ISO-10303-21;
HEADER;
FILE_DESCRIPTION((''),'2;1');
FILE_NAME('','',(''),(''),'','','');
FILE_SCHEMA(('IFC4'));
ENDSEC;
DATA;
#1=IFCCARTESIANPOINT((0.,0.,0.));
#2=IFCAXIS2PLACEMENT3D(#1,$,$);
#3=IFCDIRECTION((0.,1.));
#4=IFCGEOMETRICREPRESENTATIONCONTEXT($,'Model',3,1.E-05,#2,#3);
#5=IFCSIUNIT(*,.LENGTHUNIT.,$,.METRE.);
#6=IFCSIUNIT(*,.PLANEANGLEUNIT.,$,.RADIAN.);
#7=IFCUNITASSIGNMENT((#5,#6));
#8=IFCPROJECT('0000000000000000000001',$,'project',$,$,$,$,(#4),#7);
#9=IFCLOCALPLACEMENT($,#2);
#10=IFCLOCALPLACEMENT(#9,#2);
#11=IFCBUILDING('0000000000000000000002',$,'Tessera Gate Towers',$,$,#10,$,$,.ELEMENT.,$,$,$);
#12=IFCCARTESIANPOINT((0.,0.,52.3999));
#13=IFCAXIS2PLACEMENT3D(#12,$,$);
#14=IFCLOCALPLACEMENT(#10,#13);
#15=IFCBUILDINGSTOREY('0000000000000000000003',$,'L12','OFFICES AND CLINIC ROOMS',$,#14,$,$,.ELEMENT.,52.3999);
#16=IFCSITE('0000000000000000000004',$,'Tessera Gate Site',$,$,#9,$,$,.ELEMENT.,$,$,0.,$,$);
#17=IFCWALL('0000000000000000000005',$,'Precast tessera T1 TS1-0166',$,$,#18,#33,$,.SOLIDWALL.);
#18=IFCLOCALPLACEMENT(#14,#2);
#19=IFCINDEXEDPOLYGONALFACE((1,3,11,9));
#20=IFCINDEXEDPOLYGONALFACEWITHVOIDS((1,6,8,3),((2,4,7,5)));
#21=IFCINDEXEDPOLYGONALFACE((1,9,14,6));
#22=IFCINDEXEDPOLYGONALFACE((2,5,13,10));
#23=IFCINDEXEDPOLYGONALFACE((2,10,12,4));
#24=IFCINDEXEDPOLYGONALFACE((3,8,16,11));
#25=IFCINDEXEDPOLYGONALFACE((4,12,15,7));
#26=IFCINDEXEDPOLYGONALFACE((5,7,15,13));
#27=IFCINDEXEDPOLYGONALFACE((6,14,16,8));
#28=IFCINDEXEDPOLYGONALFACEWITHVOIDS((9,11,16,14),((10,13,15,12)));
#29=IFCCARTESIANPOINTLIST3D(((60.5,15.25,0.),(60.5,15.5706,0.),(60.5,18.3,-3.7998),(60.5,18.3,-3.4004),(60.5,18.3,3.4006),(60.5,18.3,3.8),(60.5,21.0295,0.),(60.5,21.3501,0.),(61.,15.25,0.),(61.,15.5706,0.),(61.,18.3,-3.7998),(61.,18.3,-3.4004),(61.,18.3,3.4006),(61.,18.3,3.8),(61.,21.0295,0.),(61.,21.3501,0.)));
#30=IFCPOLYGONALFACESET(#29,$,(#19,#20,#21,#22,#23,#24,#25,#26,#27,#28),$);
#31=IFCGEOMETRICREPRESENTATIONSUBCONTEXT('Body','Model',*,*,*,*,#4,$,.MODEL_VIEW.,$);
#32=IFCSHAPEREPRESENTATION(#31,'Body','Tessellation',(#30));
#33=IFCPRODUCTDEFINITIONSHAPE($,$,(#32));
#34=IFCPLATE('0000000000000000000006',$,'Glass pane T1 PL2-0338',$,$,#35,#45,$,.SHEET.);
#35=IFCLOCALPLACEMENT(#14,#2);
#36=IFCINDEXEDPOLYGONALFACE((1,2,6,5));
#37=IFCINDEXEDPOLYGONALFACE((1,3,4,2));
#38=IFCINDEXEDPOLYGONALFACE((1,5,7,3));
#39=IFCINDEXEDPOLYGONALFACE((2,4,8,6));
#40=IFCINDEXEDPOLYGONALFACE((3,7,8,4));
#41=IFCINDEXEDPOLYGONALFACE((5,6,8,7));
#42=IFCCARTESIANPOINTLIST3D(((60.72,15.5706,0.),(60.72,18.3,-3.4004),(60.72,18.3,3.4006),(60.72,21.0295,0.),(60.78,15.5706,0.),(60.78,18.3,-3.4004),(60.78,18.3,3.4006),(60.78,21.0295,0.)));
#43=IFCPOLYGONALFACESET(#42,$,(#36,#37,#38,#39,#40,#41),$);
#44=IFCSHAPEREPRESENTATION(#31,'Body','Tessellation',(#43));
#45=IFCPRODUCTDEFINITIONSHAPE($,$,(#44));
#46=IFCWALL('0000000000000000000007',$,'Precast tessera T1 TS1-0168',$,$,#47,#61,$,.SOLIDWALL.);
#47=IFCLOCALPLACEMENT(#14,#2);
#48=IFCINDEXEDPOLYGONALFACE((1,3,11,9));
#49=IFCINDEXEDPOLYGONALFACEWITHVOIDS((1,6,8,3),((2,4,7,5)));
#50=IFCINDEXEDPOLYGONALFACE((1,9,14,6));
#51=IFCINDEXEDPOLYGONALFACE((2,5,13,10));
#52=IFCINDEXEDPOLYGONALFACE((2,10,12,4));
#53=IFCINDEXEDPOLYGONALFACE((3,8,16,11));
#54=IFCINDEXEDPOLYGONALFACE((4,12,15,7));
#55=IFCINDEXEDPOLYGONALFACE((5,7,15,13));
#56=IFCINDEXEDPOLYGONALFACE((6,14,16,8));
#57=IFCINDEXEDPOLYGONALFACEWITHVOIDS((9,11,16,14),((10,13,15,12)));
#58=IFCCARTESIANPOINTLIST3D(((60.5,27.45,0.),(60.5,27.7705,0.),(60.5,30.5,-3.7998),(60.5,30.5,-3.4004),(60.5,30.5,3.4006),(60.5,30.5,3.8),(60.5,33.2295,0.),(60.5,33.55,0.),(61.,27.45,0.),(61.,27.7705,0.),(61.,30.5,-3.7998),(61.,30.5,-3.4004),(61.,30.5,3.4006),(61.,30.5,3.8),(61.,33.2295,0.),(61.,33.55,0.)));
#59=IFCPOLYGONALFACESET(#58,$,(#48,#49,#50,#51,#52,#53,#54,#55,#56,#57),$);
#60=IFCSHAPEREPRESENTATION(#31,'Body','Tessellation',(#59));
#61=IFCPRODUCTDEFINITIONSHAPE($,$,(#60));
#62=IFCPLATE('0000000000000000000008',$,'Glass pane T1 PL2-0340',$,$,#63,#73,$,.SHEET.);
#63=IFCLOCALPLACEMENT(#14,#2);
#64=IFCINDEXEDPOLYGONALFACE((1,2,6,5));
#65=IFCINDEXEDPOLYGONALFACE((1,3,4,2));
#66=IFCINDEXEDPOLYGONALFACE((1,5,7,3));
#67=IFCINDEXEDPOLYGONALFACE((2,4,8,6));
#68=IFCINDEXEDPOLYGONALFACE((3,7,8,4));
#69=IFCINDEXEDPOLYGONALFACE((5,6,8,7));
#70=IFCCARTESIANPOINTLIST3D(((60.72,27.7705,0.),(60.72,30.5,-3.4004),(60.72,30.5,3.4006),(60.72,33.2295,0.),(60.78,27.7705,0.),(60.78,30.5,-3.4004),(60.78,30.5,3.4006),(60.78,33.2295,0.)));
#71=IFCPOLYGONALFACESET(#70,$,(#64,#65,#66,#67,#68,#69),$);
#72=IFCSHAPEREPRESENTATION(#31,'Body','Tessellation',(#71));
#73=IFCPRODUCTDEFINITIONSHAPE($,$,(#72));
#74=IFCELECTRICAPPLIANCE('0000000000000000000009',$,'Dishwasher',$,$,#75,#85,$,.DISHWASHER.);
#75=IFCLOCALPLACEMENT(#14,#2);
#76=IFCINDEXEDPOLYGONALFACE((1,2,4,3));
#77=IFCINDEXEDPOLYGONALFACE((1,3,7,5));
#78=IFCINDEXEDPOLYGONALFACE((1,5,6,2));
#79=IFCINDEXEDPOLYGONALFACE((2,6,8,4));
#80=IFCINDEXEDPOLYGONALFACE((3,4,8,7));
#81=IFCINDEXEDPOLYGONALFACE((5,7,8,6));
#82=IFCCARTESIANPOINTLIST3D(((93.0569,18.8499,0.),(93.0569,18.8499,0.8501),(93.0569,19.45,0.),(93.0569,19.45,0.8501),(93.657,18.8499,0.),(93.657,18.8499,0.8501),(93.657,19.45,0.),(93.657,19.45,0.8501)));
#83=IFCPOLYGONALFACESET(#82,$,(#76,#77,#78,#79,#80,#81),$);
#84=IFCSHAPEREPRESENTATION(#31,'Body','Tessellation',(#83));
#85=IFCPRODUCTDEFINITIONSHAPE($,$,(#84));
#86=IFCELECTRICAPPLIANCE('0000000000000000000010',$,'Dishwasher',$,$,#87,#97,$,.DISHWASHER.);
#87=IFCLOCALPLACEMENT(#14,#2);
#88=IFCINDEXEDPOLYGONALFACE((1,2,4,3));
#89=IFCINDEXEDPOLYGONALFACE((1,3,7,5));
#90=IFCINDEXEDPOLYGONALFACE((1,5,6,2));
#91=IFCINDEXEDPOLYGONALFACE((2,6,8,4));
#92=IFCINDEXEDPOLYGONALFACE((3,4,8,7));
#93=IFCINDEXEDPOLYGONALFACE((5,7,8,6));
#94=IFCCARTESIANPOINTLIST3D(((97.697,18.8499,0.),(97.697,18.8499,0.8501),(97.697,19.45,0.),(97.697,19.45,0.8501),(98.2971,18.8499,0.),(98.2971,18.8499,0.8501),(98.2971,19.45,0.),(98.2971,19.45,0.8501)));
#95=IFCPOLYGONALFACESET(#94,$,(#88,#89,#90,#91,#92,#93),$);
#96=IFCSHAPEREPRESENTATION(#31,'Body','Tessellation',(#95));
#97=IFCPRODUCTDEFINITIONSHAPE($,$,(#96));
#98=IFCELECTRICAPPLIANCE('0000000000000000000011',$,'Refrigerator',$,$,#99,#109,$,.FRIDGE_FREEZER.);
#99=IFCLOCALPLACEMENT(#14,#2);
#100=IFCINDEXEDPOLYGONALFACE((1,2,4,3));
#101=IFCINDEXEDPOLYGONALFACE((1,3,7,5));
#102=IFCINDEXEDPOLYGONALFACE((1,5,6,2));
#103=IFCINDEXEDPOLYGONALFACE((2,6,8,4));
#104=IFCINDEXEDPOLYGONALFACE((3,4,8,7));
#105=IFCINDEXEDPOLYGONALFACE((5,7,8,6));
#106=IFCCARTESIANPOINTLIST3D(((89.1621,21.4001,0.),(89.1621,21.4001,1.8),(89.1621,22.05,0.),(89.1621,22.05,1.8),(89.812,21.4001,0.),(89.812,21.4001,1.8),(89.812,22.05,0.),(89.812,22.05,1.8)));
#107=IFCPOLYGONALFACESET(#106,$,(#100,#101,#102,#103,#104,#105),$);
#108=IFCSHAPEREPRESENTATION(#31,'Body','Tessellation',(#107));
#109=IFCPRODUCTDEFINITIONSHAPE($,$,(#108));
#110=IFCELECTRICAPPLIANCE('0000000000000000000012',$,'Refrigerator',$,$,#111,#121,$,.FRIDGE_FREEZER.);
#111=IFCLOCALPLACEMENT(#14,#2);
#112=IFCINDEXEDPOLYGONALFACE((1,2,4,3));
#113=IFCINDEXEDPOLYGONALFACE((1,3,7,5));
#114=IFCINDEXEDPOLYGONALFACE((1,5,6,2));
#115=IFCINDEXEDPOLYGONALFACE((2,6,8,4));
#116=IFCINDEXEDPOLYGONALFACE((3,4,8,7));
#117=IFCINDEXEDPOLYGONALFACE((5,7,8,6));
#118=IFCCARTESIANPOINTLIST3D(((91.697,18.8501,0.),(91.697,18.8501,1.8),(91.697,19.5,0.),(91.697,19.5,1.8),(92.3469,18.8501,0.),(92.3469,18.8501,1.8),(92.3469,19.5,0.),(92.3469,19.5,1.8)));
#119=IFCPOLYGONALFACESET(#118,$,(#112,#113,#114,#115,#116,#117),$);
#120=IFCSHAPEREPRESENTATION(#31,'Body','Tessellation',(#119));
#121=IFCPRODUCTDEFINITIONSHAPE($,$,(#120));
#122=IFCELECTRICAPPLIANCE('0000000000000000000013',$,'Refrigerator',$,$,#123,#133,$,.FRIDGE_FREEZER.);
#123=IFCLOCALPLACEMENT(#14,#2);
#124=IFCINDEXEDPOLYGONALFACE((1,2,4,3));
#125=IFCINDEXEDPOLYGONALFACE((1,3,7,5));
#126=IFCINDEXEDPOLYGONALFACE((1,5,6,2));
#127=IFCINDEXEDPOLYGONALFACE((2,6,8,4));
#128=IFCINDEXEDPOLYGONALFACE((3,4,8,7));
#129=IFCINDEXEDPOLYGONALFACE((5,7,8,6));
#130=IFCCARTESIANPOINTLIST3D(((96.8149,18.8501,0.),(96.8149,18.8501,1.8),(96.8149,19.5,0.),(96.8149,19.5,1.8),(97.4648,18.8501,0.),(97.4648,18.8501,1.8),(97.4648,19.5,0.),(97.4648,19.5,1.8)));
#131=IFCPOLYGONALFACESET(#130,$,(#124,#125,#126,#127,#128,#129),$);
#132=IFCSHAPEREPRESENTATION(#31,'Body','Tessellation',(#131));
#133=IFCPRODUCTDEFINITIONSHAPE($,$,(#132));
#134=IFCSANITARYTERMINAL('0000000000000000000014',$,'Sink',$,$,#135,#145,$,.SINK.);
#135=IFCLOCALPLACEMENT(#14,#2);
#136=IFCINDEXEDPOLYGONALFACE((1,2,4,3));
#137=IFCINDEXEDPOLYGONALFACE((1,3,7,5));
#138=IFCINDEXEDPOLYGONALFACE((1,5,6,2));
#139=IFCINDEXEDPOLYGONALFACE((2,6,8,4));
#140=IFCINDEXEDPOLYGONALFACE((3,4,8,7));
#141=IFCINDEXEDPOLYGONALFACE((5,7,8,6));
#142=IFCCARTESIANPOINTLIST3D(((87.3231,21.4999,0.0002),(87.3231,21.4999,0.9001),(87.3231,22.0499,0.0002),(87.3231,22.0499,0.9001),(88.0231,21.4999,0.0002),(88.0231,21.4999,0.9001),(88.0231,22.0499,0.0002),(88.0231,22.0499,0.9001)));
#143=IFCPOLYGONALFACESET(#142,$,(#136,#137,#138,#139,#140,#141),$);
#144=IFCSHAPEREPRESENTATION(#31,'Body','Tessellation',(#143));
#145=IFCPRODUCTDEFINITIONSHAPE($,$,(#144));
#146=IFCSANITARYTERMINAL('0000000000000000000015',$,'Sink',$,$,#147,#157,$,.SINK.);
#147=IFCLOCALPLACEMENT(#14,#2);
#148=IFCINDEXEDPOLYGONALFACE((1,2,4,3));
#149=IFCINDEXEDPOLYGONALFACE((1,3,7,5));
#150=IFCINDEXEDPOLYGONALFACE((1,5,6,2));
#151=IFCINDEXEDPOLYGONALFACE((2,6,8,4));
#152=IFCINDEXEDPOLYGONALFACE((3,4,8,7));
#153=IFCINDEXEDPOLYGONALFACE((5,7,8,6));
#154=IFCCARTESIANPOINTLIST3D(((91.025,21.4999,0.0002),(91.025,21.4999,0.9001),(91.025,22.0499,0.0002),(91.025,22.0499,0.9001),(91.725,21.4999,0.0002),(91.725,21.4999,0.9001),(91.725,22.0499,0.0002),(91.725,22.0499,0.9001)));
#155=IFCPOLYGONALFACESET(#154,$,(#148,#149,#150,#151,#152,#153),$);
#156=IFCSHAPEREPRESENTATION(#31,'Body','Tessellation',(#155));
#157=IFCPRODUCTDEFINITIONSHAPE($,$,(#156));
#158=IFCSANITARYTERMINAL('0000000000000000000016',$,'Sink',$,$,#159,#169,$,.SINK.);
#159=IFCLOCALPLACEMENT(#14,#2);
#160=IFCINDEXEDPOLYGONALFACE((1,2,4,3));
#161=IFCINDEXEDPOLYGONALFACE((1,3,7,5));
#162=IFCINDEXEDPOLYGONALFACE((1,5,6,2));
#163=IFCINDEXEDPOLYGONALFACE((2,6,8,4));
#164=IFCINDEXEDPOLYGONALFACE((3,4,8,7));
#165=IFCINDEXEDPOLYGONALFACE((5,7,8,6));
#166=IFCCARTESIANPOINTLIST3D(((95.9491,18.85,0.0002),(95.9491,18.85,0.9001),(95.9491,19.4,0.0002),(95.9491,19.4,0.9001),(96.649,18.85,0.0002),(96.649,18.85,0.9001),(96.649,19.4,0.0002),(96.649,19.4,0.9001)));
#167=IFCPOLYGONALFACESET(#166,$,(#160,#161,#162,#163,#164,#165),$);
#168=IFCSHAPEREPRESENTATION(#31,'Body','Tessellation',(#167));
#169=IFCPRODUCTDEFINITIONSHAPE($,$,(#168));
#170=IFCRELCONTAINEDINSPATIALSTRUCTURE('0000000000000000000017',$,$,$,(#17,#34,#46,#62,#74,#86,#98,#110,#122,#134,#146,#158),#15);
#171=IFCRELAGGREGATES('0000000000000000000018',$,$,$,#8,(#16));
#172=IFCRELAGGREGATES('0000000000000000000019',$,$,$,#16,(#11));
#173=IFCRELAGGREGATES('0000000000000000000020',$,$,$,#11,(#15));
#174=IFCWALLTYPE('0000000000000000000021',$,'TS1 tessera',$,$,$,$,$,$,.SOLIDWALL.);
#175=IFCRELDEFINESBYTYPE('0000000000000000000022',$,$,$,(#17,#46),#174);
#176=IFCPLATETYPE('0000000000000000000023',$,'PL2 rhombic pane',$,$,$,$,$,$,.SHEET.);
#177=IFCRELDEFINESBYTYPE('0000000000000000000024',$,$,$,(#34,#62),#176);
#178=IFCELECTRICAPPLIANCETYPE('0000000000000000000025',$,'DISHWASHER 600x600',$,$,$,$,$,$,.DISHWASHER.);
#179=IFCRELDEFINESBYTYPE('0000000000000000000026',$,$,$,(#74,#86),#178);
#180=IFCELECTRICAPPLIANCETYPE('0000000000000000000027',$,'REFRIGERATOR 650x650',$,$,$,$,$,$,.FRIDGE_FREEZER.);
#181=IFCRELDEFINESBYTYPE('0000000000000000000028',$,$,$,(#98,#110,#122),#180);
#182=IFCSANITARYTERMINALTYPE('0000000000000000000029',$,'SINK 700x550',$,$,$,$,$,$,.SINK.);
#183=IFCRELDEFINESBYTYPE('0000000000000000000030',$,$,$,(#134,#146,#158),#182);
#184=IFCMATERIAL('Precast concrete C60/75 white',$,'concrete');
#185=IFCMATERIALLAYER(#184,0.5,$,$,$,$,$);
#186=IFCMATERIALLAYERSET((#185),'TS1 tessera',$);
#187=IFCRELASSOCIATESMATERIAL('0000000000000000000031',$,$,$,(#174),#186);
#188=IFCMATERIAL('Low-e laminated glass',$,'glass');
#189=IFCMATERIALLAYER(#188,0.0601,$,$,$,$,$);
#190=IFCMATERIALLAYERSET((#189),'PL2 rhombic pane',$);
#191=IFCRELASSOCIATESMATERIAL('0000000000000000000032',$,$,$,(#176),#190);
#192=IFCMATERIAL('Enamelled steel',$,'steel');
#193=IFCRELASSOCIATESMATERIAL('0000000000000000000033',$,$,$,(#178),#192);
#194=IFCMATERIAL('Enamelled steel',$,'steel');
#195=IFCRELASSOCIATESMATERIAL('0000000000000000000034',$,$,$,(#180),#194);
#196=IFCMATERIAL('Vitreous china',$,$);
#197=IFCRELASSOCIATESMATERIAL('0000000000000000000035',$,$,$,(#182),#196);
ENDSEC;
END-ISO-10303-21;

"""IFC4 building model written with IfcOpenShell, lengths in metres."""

from ifc_helpers import new_model, si_unit, direction, frame, origin, origin_2d, place, context, subcontext, project, spatial, polyline, rectangle, outline, extrude, source, transform, mapped, material, layer, layer_set, type_object, element, fill, save


model = new_model("IFC4")

# Units and contexts
model_context = context("Model", 3, precision=1e-05, world=origin(), true_north=direction((0.0, 1.0)))
body_context = subcontext(model_context, "Body", "Model", "MODEL_VIEW")
ifc_project = project(units=[si_unit("LENGTHUNIT", "METRE"), si_unit("PLANEANGLEUNIT", "RADIAN")], contexts=[model_context])

# Site, building, storey
site_placement = place(None, origin())
site = spatial("IfcSite", under=ifc_project, at=site_placement, Name="Tessera Gate Site", CompositionType="ELEMENT", RefElevation=0.0)
building_placement = place(site_placement, origin())
building = spatial("IfcBuilding", under=site, at=building_placement, Name="Tessera Gate Towers", CompositionType="ELEMENT")
storey_placement = place(building_placement, frame((0.0, 0.0, 52.3999)))
storey = spatial("IfcBuildingStorey", under=building, at=storey_placement, Name="L12", Description="OFFICES AND CLINIC ROOMS", CompositionType="ELEMENT", Elevation=52.3999)

# Walls, openings, plates
ifc_material_1 = material(Name="Precast concrete C60/75 white", Category="concrete")
ifc_layer_1 = layer(ifc_material_1, 0.5)
ifc_layer_set_1 = layer_set([ifc_layer_1], Name="TS1 tessera")
wall_type_1 = type_object("IfcWallType", Name="TS1 tessera", PredefinedType="SOLIDWALL", material=ifc_layer_set_1)
shared_shape_1 = source(origin(), body_context, "Body", "SweptSolid", [
    extrude(outline(polyline([(3.05, 0.0), (6.1001, 3.7998), (3.05, 7.5999), (0.0, 3.7998), (3.05, 0.0)])), frame((0.0, 0.25, 0.0), z_axis=(0.0, -1.0, 0.0), x_axis=(1.0, 0.0, 0.0)), (0.0, 0.0, 1.0), 0.5),
])
shared_shape_2 = source(origin(), body_context, "Body", "SweptSolid", [
    extrude(outline(polyline([(3.05, 0.3994), (5.7795, 3.7998), (3.05, 7.2004), (0.3206, 3.7998), (3.05, 0.3994)])), frame((0.0, 0.26, 0.0), z_axis=(0.0, -1.0, 0.0), x_axis=(1.0, 0.0, 0.0)), (0.0, 0.0, 1.0), 0.52),
])
ifc_material_2 = material(Name="Low-e laminated glass", Category="glass")
ifc_layer_2 = layer(ifc_material_2, 0.0601)
ifc_layer_set_2 = layer_set([ifc_layer_2], Name="PL2 rhombic pane")
plate_type = type_object("IfcPlateType", Name="PL2 rhombic pane", PredefinedType="SHEET", material=ifc_layer_set_2)
shared_shape_3 = source(origin(), body_context, "Body", "SweptSolid", [
    extrude(outline(polyline([(3.05, 0.3994), (5.7795, 3.7998), (3.05, 7.2004), (0.3206, 3.7998), (3.05, 0.3994)])), frame((0.0, 0.03, 0.0), z_axis=(0.0, -1.0, 0.0), x_axis=(1.0, 0.0, 0.0)), (0.0, 0.0, 1.0), 0.0601),
])
wall_1_placement = place(storey_placement, frame((60.75, 15.25, -3.7998), z_axis=(0.0, 0.0, 1.0), x_axis=(0.0, 1.0, 0.0)))
wall_1 = element("IfcWall", 1, at=wall_1_placement, inside=storey, type_object=wall_type_1, Name="Precast tessera T1 TS1-0166", PredefinedType="SOLIDWALL", context=body_context, shape_type="MappedRepresentation", body=[
    mapped(shared_shape_1, transform((0.0, 0.0, 0.0), scale=1.0)),
])
opening_1_placement = place(wall_1_placement, origin())
opening_1 = element("IfcOpeningElement", 2, at=opening_1_placement, cuts=wall_1, PredefinedType="OPENING", context=body_context, shape_type="MappedRepresentation", body=[
    mapped(shared_shape_2, transform((0.0, 0.0, 0.0), scale=1.0)),
])
plate_1_placement = place(opening_1_placement, origin())
plate_1 = element("IfcPlate", 3, at=plate_1_placement, inside=storey, type_object=plate_type, Name="Glass pane T1 PL2-0338", PredefinedType="SHEET", context=body_context, shape_type="MappedRepresentation", body=[
    mapped(shared_shape_3, transform((0.0, 0.0, 0.0), scale=1.0)),
])
fill(opening_1, plate_1)
wall_2_placement = place(storey_placement, frame((60.75, 27.45, -3.7998), z_axis=(0.0, 0.0, 1.0), x_axis=(0.0, 1.0, 0.0)))
wall_2 = element("IfcWall", 4, at=wall_2_placement, inside=storey, type_object=wall_type_1, Name="Precast tessera T1 TS1-0168", PredefinedType="SOLIDWALL", context=body_context, shape_type="MappedRepresentation", body=[
    mapped(shared_shape_1, transform((0.0, 0.0, 0.0), scale=1.0)),
])
opening_2_placement = place(wall_2_placement, origin())
opening_2 = element("IfcOpeningElement", 5, at=opening_2_placement, cuts=wall_2, PredefinedType="OPENING", context=body_context, shape_type="MappedRepresentation", body=[
    mapped(shared_shape_2, transform((0.0, 0.0, 0.0), scale=1.0)),
])
plate_2_placement = place(opening_2_placement, origin())
plate_2 = element("IfcPlate", 6, at=plate_2_placement, inside=storey, type_object=plate_type, Name="Glass pane T1 PL2-0340", PredefinedType="SHEET", context=body_context, shape_type="MappedRepresentation", body=[
    mapped(shared_shape_3, transform((0.0, 0.0, 0.0), scale=1.0)),
])
fill(opening_2, plate_2)

# Electric appliances
ifc_material_3 = material(Name="Enamelled steel", Category="steel")
electric_appliance_type_1 = type_object("IfcElectricApplianceType", Name="DISHWASHER 600x600", PredefinedType="DISHWASHER", material=ifc_material_3)
for number, where, z_axis, x_axis, name in (
    (7, (93.3569, 19.1499, 0.0), (0.0, 0.0, 1.0), (1.0, 0.0, 0.0), "Dishwasher"),
    (8, (97.9971, 19.1499, 0.0), (0.0, 0.0, 1.0), (1.0, 0.0, 0.0), "Dishwasher"),
):
    element("IfcElectricAppliance", number, at=place(storey_placement, frame(where, z_axis=z_axis, x_axis=x_axis)), inside=storey, type_object=electric_appliance_type_1, Name=name, PredefinedType="DISHWASHER", context=body_context, shape_type="SweptSolid", body=[
        extrude(rectangle(XDim=0.6001, YDim=0.6001, at=origin_2d()), origin(), (0.0, 0.0, 1.0), 0.8501),
    ])
ifc_material_4 = material(Name="Enamelled steel", Category="steel")
electric_appliance_type_2 = type_object("IfcElectricApplianceType", Name="REFRIGERATOR 650x650", PredefinedType="FRIDGE_FREEZER", material=ifc_material_4)
for number, where, z_axis, x_axis, name in (
    (9, (89.4871, 21.7251, 0.0), (0.0, 0.0, 1.0), (1.0, 0.0, 0.0), "Refrigerator"),
    (10, (92.022, 19.175, 0.0), (0.0, 0.0, 1.0), (1.0, 0.0, 0.0), "Refrigerator"),
    (11, (97.1399, 19.175, 0.0), (0.0, 0.0, 1.0), (1.0, 0.0, 0.0), "Refrigerator"),
):
    element("IfcElectricAppliance", number, at=place(storey_placement, frame(where, z_axis=z_axis, x_axis=x_axis)), inside=storey, type_object=electric_appliance_type_2, Name=name, PredefinedType="FRIDGE_FREEZER", context=body_context, shape_type="SweptSolid", body=[
        extrude(rectangle(XDim=0.6499, YDim=0.6499, at=origin_2d()), origin(), (0.0, 0.0, 1.0), 1.8),
    ])

# Sanitary terminals
ifc_material_5 = material(Name="Vitreous china")
sanitary_terminal_type = type_object("IfcSanitaryTerminalType", Name="SINK 700x550", PredefinedType="SINK", material=ifc_material_5)
for number, where, z_axis, x_axis, name in (
    (12, (87.6731, 21.7749, 0.0002), (0.0, 0.0, 1.0), (1.0, 0.0, 0.0), "Sink"),
    (13, (91.375, 21.7749, 0.0002), (0.0, 0.0, 1.0), (1.0, 0.0, 0.0), "Sink"),
    (14, (96.2991, 19.125, 0.0002), (0.0, 0.0, 1.0), (1.0, 0.0, 0.0), "Sink"),
):
    element("IfcSanitaryTerminal", number, at=place(storey_placement, frame(where, z_axis=z_axis, x_axis=x_axis)), inside=storey, type_object=sanitary_terminal_type, Name=name, PredefinedType="SINK", context=body_context, shape_type="SweptSolid", body=[
        extrude(rectangle(XDim=0.7, YDim=0.55, at=origin_2d()), origin(), (0.0, 0.0, 1.0), 0.8999),
    ])

save(model, "model.ifc")
